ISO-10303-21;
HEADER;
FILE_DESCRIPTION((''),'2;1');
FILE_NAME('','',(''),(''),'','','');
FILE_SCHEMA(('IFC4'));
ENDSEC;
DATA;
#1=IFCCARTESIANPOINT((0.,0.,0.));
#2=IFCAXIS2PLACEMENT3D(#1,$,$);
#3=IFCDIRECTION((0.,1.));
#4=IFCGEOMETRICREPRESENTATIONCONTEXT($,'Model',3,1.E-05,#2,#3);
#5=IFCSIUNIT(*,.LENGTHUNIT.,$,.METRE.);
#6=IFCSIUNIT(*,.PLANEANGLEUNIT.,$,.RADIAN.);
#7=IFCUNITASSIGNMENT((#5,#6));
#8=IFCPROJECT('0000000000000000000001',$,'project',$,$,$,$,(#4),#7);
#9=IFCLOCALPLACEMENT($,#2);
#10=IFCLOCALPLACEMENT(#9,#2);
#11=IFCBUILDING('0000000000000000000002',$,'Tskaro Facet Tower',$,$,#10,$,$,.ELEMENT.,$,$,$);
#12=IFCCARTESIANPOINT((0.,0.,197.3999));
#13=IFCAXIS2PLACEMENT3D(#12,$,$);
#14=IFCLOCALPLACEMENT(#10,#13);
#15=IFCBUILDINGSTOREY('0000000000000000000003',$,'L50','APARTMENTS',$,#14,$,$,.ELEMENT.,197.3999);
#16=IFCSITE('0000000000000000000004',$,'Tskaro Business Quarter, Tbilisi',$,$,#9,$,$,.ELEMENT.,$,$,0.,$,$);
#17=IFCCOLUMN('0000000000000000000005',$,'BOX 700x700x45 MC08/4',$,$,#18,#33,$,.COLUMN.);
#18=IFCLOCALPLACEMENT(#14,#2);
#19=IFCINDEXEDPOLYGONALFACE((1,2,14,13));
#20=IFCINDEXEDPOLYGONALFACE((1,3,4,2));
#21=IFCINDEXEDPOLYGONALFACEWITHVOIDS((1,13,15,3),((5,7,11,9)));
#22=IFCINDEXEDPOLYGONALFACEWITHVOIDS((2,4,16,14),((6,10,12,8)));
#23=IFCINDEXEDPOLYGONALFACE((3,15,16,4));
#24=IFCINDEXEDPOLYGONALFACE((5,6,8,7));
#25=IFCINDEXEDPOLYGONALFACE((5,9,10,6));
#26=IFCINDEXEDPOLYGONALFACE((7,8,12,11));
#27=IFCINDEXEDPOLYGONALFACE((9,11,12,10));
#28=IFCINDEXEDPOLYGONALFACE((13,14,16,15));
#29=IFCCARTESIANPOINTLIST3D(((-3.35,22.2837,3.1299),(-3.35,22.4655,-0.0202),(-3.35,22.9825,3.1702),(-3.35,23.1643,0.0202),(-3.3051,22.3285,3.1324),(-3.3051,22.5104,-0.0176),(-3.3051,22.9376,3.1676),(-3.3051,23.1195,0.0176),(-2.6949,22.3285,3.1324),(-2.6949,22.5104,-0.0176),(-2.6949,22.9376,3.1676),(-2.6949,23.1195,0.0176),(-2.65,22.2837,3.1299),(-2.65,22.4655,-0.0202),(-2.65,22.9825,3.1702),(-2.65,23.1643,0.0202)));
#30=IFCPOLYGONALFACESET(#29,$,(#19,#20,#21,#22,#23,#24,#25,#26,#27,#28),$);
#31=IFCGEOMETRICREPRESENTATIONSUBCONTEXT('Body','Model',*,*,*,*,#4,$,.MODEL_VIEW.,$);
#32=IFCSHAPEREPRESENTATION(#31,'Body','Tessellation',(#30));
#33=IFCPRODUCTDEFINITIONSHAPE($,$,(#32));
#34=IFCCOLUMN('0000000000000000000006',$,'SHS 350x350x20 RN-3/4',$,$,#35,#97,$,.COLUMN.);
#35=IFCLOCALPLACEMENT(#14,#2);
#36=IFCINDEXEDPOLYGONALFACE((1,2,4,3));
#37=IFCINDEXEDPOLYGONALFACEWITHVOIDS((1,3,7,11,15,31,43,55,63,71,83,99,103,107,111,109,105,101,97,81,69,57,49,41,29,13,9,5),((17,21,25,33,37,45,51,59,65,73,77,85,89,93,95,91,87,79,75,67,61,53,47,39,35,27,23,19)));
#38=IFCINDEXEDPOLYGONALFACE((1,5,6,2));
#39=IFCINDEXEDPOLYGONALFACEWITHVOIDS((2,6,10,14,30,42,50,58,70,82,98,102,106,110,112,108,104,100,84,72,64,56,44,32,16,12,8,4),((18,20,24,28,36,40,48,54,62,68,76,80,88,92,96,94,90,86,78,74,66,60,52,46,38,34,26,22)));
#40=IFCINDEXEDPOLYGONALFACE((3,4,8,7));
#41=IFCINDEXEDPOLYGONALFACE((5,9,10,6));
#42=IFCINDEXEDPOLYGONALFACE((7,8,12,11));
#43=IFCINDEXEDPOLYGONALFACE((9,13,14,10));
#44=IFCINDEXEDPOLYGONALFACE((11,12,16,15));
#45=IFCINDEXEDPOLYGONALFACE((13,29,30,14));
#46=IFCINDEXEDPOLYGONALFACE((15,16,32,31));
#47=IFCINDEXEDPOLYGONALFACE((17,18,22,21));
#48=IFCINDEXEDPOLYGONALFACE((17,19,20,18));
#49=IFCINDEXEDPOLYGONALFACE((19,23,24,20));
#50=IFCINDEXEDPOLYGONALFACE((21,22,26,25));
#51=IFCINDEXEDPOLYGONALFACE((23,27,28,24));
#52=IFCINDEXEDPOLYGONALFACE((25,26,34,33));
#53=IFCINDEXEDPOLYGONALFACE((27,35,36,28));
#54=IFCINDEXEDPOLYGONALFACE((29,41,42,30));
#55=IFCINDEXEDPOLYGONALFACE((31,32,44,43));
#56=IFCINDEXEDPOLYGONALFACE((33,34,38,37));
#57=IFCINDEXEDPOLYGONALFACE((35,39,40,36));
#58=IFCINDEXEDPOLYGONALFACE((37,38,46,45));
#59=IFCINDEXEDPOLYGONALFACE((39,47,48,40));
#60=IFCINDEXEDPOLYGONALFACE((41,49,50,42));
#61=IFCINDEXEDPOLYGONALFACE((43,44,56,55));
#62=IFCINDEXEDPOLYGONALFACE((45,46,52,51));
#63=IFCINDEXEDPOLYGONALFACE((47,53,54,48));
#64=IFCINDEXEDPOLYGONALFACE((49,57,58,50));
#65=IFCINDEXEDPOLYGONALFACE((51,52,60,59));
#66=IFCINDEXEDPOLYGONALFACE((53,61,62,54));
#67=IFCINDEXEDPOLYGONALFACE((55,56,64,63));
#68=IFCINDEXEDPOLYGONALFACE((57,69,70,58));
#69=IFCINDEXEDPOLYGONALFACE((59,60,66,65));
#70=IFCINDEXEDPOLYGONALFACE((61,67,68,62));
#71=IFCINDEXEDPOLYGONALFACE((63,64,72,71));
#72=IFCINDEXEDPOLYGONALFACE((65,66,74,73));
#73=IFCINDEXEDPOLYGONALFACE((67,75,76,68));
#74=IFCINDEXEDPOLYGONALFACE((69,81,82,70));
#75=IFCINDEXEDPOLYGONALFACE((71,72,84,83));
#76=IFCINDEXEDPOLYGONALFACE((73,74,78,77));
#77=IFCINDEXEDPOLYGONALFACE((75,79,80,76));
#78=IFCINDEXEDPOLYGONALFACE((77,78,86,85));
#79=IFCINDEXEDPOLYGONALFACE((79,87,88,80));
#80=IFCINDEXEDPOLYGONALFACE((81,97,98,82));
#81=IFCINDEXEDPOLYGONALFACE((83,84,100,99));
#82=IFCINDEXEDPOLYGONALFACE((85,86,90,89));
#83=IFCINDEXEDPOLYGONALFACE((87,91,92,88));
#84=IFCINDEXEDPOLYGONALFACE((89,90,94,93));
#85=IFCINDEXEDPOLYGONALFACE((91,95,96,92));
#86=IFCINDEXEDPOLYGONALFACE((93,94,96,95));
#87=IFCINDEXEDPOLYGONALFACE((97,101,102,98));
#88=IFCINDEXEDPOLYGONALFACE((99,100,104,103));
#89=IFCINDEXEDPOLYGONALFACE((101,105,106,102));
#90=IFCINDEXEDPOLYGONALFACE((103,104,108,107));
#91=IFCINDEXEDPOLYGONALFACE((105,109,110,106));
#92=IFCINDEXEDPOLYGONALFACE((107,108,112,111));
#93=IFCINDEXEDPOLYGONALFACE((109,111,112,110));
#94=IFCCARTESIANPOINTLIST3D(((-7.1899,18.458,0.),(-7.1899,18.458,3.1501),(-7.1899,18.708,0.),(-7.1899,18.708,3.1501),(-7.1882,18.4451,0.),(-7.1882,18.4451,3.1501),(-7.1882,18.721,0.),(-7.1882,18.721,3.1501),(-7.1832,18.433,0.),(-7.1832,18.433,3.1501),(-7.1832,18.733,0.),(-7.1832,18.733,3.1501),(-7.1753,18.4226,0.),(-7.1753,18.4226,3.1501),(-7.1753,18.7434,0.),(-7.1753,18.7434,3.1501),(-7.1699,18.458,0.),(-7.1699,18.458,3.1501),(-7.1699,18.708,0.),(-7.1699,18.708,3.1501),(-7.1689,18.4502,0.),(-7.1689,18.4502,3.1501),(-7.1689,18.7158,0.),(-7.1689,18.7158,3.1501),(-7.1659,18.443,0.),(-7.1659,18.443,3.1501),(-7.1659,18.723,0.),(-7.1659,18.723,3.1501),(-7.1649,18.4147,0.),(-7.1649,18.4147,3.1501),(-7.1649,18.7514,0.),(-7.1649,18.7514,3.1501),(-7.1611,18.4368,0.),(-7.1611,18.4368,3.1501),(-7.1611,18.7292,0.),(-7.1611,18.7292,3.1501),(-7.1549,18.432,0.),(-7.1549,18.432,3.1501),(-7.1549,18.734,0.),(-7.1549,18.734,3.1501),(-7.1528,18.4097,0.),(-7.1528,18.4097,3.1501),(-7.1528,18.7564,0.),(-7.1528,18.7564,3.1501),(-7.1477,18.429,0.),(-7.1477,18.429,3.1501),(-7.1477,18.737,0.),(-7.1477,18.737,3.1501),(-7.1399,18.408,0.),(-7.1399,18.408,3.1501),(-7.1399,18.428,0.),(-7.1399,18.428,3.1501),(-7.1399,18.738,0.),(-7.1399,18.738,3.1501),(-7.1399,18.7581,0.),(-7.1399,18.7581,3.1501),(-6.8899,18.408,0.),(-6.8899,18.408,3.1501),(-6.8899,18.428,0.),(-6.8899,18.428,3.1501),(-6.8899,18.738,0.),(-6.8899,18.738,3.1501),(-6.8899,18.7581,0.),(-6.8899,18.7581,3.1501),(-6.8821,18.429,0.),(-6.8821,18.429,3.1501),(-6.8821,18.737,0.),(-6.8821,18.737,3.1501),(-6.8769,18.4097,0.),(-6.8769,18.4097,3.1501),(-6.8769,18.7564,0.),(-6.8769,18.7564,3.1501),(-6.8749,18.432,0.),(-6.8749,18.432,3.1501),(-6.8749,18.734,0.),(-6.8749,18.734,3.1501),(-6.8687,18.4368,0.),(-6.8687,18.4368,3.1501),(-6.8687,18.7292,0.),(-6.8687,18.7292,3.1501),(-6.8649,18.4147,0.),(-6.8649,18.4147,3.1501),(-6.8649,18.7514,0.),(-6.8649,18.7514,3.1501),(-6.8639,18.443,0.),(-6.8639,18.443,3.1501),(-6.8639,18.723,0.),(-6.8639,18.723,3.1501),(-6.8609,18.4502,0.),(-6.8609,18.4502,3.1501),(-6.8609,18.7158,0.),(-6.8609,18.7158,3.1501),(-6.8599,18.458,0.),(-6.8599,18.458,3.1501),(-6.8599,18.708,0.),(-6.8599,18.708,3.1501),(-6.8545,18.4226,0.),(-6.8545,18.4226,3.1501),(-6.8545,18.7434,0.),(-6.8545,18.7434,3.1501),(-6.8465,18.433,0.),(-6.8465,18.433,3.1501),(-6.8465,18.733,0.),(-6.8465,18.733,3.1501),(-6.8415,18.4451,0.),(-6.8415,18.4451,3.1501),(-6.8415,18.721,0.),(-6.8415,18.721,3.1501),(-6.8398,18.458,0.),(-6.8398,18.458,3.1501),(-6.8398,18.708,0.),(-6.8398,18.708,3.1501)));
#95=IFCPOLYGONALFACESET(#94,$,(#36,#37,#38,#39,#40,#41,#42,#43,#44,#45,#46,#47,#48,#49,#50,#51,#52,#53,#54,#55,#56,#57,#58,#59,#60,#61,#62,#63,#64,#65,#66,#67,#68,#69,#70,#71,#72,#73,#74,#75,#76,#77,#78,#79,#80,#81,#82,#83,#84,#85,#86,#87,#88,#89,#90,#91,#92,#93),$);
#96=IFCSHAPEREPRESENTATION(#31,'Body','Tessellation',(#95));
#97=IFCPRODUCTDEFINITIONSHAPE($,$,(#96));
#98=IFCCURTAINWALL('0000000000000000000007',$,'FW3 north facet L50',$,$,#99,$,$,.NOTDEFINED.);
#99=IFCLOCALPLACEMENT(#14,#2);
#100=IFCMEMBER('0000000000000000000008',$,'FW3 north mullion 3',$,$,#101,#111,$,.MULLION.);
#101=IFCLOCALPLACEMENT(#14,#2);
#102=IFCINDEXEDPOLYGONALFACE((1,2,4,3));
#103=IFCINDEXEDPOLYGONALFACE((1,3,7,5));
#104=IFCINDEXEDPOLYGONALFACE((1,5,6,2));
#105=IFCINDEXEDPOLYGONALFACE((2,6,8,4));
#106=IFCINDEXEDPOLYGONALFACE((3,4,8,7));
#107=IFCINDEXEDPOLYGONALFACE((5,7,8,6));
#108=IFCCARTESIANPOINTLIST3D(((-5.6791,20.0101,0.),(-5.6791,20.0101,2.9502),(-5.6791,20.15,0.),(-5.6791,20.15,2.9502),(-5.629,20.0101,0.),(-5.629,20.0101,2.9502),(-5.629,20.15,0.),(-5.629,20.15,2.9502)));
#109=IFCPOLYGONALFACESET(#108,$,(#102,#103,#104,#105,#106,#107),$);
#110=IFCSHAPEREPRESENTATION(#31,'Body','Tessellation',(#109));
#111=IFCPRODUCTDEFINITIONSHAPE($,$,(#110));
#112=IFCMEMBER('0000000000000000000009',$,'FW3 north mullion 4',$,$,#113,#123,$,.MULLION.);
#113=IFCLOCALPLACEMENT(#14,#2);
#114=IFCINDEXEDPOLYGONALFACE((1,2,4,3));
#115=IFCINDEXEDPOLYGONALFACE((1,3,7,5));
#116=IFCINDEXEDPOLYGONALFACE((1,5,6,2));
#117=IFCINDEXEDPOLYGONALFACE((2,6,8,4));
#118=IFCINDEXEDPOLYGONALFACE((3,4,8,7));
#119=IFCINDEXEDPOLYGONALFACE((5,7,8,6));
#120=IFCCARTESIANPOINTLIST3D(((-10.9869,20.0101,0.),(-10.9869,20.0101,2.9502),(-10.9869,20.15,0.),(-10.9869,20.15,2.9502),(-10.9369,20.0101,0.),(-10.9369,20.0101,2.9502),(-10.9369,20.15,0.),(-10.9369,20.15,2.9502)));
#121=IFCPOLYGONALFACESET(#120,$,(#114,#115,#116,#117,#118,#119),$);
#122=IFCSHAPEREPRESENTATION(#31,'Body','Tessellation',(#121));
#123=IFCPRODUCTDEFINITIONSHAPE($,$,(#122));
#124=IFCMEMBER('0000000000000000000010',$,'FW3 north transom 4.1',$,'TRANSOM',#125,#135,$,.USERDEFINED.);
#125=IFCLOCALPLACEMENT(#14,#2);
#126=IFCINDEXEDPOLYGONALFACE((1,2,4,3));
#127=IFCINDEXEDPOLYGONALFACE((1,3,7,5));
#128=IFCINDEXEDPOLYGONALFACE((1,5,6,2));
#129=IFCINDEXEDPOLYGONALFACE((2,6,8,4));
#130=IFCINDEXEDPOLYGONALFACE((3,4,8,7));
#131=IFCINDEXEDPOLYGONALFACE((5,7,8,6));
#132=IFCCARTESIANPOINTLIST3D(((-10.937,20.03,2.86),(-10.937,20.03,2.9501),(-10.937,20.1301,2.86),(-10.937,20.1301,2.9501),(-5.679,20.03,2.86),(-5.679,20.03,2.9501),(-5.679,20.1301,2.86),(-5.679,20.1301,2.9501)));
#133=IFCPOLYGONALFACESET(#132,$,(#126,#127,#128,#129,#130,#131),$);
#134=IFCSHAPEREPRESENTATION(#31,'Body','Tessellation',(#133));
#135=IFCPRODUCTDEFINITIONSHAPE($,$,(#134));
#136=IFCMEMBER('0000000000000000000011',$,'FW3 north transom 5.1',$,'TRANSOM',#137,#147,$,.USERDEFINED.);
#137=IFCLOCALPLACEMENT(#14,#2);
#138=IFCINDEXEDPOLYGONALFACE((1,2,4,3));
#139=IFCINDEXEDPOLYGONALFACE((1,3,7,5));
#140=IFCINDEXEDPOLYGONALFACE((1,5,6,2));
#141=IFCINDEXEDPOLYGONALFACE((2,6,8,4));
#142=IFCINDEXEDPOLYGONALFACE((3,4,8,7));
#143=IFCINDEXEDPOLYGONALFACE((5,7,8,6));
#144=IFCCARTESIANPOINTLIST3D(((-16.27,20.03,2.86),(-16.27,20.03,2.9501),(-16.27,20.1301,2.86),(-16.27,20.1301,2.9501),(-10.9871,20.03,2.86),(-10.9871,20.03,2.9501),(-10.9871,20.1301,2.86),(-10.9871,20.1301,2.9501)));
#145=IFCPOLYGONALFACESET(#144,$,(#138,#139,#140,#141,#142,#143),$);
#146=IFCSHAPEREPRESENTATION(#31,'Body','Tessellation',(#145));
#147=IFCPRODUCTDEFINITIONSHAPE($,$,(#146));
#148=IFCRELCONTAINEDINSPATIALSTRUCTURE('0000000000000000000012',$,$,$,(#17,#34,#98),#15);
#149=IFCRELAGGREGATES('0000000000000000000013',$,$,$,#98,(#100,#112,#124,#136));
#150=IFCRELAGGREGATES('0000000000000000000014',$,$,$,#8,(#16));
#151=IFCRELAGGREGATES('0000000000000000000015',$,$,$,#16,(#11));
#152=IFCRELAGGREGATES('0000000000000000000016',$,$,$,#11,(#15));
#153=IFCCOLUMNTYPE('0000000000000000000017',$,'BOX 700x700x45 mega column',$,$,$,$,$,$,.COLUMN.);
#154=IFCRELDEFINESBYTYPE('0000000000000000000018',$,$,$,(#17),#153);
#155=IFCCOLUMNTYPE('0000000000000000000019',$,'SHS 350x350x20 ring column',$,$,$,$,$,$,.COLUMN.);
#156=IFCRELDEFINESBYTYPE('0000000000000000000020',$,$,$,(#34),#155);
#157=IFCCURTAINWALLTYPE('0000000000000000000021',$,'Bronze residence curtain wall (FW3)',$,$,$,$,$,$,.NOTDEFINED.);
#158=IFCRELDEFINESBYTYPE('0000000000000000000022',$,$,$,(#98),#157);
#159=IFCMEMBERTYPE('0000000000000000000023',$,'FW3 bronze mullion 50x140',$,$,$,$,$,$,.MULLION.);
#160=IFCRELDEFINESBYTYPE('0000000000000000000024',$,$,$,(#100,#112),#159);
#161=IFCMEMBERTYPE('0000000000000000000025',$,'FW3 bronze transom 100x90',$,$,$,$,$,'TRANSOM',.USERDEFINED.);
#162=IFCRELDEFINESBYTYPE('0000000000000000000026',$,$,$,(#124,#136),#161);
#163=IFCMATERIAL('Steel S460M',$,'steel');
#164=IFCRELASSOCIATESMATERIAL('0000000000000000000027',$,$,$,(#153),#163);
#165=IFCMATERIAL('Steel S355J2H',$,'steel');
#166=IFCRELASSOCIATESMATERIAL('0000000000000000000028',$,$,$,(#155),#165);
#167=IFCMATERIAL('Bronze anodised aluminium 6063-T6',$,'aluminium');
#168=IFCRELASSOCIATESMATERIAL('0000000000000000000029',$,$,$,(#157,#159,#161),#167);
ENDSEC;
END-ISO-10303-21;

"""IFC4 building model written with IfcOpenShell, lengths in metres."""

from ifc_helpers import new_model, si_unit, direction, frame, origin, origin_2d, place, context, subcontext, project, spatial, rectangle, hollow_rectangle, extrude, material, material_profile, profile_set, type_object, element, aggregate, save


model = new_model("IFC4")

# Units and contexts
model_context = context("Model", 3, precision=1e-05, world=origin(), true_north=direction((0.0, 1.0)))
body_context = subcontext(model_context, "Body", "Model", "MODEL_VIEW")
ifc_project = project(units=[si_unit("LENGTHUNIT", "METRE"), si_unit("PLANEANGLEUNIT", "RADIAN")], contexts=[model_context])

# Site, building, storey
site_placement = place(None, origin())
site = spatial("IfcSite", under=ifc_project, at=site_placement, Name="Tskaro Business Quarter, Tbilisi", CompositionType="ELEMENT", RefElevation=0.0)
building_placement = place(site_placement, origin())
building = spatial("IfcBuilding", under=site, at=building_placement, Name="Tskaro Facet Tower", CompositionType="ELEMENT")
storey_placement = place(building_placement, frame((0.0, 0.0, 197.3999)))
storey = spatial("IfcBuildingStorey", under=building, at=storey_placement, Name="L50", Description="APARTMENTS", CompositionType="ELEMENT", Elevation=197.3999)

# Columns
ifc_material_1 = material(Name="Steel S460M", Category="steel")
ifc_material_profile_1 = material_profile(ifc_material_1, hollow_rectangle(XDim=0.7, YDim=0.7, WallThickness=0.0449, at=origin_2d()), Name="BOX 700x700x45")
ifc_profile_set_1 = profile_set([ifc_material_profile_1], Name="Steel S460M")
column_type_1 = type_object("IfcColumnType", Name="BOX 700x700x45 mega column", PredefinedType="COLUMN", material=ifc_profile_set_1)
column_1_placement = place(storey_placement, frame((-3.0, 22.8149, 0.0), z_axis=(0.0, -0.057643, 0.998337), x_axis=(1.0, 0.0, 0.0)))
element("IfcColumn", 1, at=column_1_placement, inside=storey, type_object=column_type_1, Name="BOX 700x700x45 MC08/4", PredefinedType="COLUMN", context=body_context, shape_type="SweptSolid", body=[
    extrude(hollow_rectangle(XDim=0.7, YDim=0.7, WallThickness=0.0449, at=origin_2d()), origin(), (0.0, 0.0, 1.0), 3.1553),
])
ifc_material_2 = material(Name="Steel S355J2H", Category="steel")
ifc_material_profile_2 = material_profile(ifc_material_2, hollow_rectangle(XDim=0.3501, YDim=0.3501, WallThickness=0.02, InnerFilletRadius=0.03, OuterFilletRadius=0.05, at=origin_2d()), Name="SHS 350x350x20")
ifc_profile_set_2 = profile_set([ifc_material_profile_2], Name="Steel S355J2H")
column_type_2 = type_object("IfcColumnType", Name="SHS 350x350x20 ring column", PredefinedType="COLUMN", material=ifc_profile_set_2)
column_2_placement = place(storey_placement, frame((-7.0149, 18.583, 0.0), z_axis=(0.0, 0.0, 1.0), x_axis=(1.0, 0.0, 0.0)))
element("IfcColumn", 2, at=column_2_placement, inside=storey, type_object=column_type_2, Name="SHS 350x350x20 RN-3/4", PredefinedType="COLUMN", context=body_context, shape_type="SweptSolid", body=[
    extrude(hollow_rectangle(XDim=0.3501, YDim=0.3501, WallThickness=0.02, InnerFilletRadius=0.03, OuterFilletRadius=0.05, at=origin_2d()), origin(), (0.0, 0.0, 1.0), 3.1501),
])

# Curtain wall, members
ifc_material_3 = material(Name="Bronze anodised aluminium 6063-T6", Category="aluminium")
curtain_wall_type = type_object("IfcCurtainWallType", Name="Bronze residence curtain wall (FW3)", PredefinedType="NOTDEFINED", material=ifc_material_3)
curtain_wall_placement = place(storey_placement, origin())
curtain_wall = element("IfcCurtainWall", 3, at=curtain_wall_placement, inside=storey, type_object=curtain_wall_type, Name="FW3 north facet L50", PredefinedType="NOTDEFINED")
ifc_material_profile_3 = material_profile(ifc_material_3, rectangle(XDim=0.05, YDim=0.1399, at=origin_2d()), Name="Mullion 50x140")
ifc_profile_set_3 = profile_set([ifc_material_profile_3], Name="Bronze anodised aluminium 6063-T6")
member_type_1 = type_object("IfcMemberType", Name="FW3 bronze mullion 50x140", PredefinedType="MULLION", material=ifc_profile_set_3)
member_1_placement = place(storey_placement, frame((-5.6541, 20.0801, 0.0), z_axis=(0.0, 0.0, 1.0), x_axis=(-1.0, 0.0, 0.0)))
member_1 = element("IfcMember", 4, at=member_1_placement, type_object=member_type_1, Name="FW3 north mullion 3", PredefinedType="MULLION", context=body_context, shape_type="SweptSolid", body=[
    extrude(rectangle(XDim=0.05, YDim=0.1399, at=origin_2d()), origin(), (0.0, 0.0, 1.0), 2.9502),
])
member_2_placement = place(storey_placement, frame((-10.9619, 20.0801, 0.0), z_axis=(0.0, 0.0, 1.0), x_axis=(-1.0, 0.0, 0.0)))
member_2 = element("IfcMember", 5, at=member_2_placement, type_object=member_type_1, Name="FW3 north mullion 4", PredefinedType="MULLION", context=body_context, shape_type="SweptSolid", body=[
    extrude(rectangle(XDim=0.05, YDim=0.1399, at=origin_2d()), origin(), (0.0, 0.0, 1.0), 2.9502),
])
ifc_material_profile_4 = material_profile(ifc_material_3, rectangle(XDim=0.1001, YDim=0.0901, at=origin_2d()), Name="Transom 100x90")
ifc_profile_set_4 = profile_set([ifc_material_profile_4], Name="Bronze anodised aluminium 6063-T6")
member_type_2 = type_object("IfcMemberType", Name="FW3 bronze transom 100x90", ElementType="TRANSOM", PredefinedType="USERDEFINED", material=ifc_profile_set_4)
member_3_placement = place(storey_placement, frame((-5.679, 20.0801, 2.905), z_axis=(-1.0, 0.0, 0.0), x_axis=(0.0, -1.0, 0.0)))
member_3 = element("IfcMember", 6, at=member_3_placement, type_object=member_type_2, Name="FW3 north transom 4.1", ObjectType="TRANSOM", PredefinedType="USERDEFINED", context=body_context, shape_type="SweptSolid", body=[
    extrude(rectangle(XDim=0.1001, YDim=0.0901, at=origin_2d()), origin(), (0.0, 0.0, 1.0), 5.2581),
])
member_4_placement = place(storey_placement, frame((-10.9871, 20.0801, 2.905), z_axis=(-1.0, 0.0, 0.0), x_axis=(0.0, -1.0, 0.0)))
member_4 = element("IfcMember", 7, at=member_4_placement, type_object=member_type_2, Name="FW3 north transom 5.1", ObjectType="TRANSOM", PredefinedType="USERDEFINED", context=body_context, shape_type="SweptSolid", body=[
    extrude(rectangle(XDim=0.1001, YDim=0.0901, at=origin_2d()), origin(), (0.0, 0.0, 1.0), 5.283),
])

aggregate(curtain_wall, [member_1, member_2, member_3, member_4])

save(model, "model.ifc")
